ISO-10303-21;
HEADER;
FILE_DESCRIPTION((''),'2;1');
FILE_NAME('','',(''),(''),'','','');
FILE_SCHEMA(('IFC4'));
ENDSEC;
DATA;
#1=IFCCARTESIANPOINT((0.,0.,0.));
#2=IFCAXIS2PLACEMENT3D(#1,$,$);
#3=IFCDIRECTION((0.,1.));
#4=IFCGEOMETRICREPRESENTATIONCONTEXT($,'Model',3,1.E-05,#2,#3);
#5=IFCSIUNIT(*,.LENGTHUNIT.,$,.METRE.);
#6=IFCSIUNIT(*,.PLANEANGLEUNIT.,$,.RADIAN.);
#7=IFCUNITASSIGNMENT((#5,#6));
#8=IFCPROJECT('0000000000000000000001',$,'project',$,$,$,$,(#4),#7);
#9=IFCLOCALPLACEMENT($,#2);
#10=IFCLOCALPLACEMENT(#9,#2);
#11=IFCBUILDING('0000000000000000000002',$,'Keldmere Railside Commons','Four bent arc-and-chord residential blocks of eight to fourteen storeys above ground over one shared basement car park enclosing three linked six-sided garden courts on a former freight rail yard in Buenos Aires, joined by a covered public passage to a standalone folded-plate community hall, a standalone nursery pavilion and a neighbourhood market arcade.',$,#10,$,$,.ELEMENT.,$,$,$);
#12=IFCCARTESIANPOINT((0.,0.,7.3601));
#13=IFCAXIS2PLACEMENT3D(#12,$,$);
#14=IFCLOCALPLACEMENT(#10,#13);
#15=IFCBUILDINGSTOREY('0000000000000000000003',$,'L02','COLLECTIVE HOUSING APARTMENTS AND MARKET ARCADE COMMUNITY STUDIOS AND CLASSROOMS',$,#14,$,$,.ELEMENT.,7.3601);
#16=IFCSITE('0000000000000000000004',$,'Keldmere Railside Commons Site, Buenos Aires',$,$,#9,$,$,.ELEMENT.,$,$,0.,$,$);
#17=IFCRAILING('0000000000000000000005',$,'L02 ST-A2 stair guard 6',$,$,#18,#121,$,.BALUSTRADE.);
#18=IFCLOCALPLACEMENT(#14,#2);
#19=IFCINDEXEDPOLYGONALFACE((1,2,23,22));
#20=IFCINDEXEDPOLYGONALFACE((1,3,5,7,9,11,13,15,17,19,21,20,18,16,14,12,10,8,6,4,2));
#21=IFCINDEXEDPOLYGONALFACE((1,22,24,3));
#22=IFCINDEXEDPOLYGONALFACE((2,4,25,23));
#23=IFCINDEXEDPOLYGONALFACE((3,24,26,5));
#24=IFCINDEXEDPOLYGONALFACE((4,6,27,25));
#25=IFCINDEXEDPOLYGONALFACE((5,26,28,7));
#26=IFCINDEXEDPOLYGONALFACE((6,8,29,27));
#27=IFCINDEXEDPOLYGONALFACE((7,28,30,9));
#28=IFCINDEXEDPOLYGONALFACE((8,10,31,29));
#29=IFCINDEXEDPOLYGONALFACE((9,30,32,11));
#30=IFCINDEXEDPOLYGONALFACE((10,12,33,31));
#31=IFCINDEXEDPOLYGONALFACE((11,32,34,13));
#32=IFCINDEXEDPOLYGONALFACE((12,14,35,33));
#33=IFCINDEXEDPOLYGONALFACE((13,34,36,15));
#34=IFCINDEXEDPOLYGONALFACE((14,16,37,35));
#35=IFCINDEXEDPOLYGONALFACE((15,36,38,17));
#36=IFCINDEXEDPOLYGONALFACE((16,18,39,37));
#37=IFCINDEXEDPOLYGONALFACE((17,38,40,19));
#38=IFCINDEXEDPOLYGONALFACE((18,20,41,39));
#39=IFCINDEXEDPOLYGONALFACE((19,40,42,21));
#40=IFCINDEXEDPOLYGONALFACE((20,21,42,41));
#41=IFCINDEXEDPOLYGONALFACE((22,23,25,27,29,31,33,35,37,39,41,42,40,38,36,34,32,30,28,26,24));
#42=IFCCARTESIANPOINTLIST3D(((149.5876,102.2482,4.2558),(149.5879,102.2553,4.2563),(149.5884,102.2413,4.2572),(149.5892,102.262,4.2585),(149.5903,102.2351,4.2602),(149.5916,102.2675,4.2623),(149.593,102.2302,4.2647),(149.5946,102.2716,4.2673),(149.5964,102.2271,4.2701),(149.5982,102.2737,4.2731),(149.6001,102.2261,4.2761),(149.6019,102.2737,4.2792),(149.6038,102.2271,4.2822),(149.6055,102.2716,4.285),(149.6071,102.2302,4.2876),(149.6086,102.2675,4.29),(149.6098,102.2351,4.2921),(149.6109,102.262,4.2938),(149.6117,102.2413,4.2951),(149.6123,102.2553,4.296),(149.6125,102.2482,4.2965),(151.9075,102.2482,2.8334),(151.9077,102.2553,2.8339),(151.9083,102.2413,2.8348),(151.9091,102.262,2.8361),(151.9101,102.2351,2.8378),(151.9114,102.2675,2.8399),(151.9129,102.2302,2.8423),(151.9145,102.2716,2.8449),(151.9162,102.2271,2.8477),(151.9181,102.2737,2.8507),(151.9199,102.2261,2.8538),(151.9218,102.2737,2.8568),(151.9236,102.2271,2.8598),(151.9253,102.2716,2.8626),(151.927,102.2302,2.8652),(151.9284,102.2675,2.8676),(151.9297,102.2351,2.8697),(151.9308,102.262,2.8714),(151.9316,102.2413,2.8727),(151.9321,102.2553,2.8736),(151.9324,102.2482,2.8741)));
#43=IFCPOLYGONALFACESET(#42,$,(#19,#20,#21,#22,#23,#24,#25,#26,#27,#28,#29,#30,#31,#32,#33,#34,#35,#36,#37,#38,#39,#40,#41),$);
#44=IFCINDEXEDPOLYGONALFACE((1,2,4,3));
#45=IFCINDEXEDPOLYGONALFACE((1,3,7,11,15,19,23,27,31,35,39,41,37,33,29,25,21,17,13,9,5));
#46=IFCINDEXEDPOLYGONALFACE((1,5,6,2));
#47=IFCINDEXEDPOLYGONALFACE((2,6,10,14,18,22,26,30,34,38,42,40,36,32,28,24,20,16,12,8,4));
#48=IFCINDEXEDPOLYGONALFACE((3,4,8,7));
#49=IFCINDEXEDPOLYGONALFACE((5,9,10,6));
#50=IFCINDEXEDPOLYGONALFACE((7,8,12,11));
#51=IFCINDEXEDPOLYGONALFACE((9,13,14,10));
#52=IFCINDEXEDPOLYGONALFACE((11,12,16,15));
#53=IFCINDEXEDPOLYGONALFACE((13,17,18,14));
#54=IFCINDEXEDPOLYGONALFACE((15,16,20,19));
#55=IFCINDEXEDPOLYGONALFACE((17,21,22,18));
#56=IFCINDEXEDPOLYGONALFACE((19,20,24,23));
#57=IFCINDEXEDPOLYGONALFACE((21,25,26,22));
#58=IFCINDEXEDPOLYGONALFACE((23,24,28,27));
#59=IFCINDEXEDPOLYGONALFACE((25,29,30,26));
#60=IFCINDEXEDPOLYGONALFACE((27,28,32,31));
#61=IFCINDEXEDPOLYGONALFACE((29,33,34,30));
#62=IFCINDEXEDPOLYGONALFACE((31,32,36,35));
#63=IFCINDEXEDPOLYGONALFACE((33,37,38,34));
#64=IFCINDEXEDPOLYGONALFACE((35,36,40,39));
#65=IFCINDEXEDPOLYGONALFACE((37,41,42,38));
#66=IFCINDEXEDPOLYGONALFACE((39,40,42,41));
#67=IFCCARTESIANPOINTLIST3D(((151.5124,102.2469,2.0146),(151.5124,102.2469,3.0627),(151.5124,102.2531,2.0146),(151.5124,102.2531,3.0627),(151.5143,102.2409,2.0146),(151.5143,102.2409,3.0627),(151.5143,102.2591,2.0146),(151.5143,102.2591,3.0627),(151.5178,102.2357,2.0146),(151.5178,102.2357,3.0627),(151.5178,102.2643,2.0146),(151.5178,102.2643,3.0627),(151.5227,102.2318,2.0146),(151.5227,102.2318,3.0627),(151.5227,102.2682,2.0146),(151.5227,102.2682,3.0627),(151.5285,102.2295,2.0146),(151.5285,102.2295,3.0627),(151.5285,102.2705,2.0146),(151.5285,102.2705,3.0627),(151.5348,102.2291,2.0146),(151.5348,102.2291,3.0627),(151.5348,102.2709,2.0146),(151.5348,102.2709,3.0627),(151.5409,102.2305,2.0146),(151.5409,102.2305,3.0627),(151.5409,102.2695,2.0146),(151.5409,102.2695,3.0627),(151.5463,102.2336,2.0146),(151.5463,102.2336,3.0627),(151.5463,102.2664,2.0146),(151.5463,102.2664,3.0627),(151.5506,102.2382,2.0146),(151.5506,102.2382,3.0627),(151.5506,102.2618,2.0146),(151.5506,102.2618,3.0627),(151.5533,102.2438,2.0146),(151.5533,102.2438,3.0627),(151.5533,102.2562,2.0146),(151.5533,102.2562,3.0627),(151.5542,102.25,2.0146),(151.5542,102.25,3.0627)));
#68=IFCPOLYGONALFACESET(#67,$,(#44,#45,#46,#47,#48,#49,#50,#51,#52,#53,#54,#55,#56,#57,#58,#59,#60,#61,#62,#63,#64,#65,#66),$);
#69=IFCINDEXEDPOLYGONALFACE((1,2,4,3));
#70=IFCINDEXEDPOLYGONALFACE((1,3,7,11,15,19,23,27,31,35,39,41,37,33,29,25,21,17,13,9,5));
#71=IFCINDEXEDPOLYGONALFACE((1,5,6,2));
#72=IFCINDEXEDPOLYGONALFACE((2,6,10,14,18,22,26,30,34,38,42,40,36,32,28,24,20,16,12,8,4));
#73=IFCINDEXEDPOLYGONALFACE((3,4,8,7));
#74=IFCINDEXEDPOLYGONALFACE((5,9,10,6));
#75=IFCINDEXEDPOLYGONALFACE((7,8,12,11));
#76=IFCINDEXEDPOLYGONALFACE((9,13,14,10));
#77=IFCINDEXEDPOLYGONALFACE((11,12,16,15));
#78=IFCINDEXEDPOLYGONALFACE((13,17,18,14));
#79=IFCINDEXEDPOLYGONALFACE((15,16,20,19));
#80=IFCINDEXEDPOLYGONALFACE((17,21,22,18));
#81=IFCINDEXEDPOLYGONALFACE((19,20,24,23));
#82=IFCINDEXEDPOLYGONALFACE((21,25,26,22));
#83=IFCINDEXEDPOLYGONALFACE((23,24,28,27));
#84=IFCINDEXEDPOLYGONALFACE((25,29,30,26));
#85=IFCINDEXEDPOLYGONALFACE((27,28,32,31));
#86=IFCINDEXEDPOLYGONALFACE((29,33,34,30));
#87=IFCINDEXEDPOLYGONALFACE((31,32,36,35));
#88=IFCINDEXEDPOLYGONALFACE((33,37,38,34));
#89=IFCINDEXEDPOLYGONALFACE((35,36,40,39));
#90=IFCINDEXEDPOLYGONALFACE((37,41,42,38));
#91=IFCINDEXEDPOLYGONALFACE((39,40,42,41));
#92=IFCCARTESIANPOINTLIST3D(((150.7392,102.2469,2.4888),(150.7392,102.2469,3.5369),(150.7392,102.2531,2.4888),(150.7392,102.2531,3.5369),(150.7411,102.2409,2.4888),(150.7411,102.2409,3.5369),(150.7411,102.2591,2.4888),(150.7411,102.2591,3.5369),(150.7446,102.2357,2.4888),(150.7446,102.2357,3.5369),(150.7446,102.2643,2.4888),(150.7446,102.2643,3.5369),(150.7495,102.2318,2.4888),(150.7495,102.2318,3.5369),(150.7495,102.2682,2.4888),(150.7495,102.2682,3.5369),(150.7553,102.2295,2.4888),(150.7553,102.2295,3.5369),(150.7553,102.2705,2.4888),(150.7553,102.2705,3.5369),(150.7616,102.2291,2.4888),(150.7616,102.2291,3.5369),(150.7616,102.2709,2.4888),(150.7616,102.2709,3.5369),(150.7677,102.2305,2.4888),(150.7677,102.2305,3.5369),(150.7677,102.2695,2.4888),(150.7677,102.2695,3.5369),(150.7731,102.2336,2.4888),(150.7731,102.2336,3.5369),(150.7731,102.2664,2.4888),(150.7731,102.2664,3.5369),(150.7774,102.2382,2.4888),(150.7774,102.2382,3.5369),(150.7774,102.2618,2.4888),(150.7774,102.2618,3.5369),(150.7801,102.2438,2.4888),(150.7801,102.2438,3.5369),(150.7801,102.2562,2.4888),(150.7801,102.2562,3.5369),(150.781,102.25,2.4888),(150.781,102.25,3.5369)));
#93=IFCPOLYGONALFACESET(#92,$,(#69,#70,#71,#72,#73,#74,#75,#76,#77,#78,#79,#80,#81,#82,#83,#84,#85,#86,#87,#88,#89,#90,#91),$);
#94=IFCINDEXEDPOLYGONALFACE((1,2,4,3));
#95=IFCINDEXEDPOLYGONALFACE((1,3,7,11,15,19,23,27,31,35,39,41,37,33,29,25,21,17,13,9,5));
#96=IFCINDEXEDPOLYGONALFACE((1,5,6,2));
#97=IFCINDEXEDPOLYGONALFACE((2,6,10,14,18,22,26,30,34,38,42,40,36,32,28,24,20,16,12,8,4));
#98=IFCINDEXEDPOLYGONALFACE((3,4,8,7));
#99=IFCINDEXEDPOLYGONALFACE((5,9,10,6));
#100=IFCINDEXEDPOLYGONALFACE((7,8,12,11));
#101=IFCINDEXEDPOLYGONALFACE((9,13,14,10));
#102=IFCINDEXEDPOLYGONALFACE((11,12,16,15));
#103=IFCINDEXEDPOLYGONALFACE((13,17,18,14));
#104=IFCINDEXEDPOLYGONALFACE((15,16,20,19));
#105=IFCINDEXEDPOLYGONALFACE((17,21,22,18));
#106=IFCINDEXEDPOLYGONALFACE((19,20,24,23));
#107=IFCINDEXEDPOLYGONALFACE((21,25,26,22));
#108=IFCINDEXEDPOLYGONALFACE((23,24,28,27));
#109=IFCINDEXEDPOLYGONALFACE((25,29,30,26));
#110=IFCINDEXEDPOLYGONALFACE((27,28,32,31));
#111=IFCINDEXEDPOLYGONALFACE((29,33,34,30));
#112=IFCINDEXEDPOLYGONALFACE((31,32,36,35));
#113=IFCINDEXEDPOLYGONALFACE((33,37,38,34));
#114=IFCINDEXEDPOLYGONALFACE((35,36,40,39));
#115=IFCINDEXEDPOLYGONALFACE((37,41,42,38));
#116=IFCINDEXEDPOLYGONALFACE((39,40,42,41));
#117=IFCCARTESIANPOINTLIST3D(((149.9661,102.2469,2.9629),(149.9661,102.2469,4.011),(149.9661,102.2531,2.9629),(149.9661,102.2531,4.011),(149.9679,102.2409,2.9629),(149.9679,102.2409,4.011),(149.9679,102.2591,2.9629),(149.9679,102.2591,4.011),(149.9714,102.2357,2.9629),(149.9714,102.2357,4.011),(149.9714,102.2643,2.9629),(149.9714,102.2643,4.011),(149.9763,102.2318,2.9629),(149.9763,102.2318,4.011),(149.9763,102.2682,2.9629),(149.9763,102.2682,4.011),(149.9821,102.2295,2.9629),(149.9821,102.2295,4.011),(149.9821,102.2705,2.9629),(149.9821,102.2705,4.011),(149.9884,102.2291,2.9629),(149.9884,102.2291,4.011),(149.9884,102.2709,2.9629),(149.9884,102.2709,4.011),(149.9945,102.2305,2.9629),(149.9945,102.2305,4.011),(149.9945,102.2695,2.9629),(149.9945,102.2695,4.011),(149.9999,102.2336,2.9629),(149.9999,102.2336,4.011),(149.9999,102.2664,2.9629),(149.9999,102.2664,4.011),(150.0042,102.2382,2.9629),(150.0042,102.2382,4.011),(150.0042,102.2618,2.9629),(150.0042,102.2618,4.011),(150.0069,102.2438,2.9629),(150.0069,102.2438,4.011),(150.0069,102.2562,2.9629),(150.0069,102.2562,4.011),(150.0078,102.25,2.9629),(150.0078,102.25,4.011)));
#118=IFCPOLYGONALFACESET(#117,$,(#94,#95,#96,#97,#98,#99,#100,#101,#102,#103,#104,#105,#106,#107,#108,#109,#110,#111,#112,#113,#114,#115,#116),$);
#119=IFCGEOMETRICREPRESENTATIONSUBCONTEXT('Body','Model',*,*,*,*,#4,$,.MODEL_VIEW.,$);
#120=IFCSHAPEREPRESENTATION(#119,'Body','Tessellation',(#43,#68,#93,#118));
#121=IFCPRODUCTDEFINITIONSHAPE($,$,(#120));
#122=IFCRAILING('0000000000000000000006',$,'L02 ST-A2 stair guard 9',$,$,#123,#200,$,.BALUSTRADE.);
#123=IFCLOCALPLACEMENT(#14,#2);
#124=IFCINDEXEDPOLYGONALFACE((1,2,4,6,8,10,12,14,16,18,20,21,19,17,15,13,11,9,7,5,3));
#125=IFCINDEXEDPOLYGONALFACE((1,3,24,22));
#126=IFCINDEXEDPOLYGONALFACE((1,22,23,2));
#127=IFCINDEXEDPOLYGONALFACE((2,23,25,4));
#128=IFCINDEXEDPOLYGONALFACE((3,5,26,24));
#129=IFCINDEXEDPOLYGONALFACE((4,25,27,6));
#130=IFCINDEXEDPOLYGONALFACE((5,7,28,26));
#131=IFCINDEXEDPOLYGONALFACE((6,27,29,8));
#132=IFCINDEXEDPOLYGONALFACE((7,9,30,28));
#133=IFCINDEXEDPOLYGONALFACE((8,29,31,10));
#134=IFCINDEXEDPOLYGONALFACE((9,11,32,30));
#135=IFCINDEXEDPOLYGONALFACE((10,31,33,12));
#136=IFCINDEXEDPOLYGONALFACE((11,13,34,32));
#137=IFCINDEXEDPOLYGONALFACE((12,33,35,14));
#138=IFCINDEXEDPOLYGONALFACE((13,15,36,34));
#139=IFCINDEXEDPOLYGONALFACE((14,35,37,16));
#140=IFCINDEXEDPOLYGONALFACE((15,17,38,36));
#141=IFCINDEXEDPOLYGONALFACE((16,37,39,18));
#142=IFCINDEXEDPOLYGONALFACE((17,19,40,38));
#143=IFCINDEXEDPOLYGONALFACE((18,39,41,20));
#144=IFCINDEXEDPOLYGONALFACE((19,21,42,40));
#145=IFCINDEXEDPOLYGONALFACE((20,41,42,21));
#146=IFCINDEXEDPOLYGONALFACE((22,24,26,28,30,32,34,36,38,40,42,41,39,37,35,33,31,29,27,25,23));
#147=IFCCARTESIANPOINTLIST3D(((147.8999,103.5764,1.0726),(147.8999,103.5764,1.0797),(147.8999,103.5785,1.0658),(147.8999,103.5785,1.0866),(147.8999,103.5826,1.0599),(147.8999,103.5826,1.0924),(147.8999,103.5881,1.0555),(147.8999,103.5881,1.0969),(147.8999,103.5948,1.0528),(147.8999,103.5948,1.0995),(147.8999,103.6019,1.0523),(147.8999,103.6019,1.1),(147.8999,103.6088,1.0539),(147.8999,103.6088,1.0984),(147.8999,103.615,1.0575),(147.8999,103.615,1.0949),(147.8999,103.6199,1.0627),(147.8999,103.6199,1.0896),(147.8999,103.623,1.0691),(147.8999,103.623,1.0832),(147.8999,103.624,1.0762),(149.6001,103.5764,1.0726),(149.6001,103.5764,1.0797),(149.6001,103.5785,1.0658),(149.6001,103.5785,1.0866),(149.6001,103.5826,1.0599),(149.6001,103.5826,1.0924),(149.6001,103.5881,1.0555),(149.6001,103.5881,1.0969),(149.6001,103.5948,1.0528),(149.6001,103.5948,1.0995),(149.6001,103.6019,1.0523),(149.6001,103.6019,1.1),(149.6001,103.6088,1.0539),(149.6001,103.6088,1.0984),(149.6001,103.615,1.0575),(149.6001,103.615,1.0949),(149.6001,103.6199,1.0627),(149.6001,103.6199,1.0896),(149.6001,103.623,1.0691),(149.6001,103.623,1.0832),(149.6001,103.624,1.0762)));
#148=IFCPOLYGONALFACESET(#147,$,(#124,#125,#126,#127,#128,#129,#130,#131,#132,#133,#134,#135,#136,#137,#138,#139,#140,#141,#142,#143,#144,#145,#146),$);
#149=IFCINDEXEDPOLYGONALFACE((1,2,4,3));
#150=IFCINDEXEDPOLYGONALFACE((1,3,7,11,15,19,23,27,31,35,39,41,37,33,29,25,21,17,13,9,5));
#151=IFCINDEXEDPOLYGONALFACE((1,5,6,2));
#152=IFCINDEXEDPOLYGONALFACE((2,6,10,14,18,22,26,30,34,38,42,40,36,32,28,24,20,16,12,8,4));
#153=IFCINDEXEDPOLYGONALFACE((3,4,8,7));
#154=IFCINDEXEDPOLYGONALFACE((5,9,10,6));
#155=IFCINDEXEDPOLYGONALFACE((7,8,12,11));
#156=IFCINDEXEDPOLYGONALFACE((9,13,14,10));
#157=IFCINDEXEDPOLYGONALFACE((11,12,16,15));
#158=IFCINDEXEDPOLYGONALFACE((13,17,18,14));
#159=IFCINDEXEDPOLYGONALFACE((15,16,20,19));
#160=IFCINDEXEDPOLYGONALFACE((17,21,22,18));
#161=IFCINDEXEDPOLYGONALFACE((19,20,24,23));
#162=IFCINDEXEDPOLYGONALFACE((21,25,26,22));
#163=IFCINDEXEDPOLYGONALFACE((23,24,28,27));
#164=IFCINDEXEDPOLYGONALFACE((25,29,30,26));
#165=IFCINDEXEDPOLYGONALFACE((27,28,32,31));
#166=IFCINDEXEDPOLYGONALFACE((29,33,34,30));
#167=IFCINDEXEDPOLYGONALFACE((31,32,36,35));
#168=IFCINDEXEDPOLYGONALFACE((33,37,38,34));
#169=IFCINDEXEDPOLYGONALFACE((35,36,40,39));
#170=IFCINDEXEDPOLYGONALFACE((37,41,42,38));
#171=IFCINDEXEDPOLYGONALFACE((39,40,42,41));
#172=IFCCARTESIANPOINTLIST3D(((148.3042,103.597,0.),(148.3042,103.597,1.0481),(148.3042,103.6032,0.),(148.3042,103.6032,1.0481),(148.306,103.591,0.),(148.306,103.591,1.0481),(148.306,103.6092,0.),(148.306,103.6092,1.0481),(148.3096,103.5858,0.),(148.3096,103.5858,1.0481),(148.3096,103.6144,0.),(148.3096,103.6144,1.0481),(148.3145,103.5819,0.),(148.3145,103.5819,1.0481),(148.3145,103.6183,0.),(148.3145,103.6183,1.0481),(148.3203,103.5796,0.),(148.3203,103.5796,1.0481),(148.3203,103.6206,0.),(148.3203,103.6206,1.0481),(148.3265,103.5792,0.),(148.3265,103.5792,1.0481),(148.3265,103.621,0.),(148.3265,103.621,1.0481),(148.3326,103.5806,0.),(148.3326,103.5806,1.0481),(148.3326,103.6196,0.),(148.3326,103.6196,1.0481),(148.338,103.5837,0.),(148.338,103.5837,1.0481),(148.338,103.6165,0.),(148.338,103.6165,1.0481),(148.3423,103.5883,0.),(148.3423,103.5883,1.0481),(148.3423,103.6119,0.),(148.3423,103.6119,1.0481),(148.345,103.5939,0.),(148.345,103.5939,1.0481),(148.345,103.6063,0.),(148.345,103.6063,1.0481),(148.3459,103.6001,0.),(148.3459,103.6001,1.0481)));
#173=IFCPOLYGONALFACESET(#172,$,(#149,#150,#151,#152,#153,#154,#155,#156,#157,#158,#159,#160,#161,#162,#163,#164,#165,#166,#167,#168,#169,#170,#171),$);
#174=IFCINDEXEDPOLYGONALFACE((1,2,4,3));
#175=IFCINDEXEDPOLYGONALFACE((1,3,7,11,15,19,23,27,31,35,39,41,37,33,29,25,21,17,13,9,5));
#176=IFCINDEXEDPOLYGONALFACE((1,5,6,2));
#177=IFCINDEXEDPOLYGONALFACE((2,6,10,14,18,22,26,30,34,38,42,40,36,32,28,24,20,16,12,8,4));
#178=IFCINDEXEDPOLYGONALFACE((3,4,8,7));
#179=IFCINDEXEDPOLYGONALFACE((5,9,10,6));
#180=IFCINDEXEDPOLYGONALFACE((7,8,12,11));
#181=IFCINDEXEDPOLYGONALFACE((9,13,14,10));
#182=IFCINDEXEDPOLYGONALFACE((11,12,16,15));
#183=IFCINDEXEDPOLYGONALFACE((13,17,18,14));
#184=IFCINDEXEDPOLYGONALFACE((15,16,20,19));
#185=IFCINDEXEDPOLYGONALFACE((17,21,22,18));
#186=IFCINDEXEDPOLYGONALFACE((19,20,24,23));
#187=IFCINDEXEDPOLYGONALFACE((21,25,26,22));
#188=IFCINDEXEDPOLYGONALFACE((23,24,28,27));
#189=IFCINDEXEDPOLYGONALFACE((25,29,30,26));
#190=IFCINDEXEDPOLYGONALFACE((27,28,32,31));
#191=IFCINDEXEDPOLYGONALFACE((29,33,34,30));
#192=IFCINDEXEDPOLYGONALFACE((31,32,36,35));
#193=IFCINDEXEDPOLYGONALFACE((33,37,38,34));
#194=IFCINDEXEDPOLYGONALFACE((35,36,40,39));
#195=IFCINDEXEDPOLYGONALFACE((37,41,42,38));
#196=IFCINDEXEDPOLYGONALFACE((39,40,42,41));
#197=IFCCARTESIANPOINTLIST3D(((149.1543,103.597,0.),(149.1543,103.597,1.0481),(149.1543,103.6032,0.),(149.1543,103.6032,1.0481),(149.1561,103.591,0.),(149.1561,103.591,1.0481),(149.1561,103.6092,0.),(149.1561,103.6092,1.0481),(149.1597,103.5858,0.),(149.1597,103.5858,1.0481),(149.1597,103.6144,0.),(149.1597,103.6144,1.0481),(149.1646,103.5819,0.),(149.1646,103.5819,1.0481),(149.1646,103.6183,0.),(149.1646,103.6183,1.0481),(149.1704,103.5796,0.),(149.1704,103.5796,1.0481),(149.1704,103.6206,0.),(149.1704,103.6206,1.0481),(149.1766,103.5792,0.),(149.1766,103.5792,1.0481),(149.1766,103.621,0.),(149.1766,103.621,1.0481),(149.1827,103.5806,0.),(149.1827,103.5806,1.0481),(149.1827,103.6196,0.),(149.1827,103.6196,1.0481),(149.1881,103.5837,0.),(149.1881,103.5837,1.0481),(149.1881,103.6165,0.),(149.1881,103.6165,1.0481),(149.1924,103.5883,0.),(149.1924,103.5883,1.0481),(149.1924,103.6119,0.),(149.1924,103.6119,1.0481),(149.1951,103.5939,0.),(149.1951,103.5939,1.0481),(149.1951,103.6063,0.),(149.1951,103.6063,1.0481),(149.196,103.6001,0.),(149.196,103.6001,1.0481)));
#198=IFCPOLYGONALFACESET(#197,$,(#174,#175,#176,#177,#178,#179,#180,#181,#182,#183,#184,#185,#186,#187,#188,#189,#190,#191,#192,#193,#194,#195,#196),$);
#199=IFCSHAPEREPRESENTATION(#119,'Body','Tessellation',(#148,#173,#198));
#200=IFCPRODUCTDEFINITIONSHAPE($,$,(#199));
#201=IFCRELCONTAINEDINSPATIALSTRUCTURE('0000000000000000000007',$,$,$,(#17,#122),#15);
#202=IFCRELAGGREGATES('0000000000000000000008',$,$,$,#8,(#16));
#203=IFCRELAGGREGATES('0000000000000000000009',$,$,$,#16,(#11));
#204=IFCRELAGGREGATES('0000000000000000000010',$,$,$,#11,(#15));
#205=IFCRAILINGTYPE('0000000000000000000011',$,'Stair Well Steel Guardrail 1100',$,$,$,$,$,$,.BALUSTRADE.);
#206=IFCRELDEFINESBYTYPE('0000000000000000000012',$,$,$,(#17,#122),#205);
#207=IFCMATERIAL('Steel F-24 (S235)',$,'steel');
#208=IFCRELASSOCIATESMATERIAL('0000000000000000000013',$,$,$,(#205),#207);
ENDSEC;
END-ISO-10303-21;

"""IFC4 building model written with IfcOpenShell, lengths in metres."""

from ifc_helpers import new_model, si_unit, direction, frame, origin, origin_2d, place, context, subcontext, project, spatial, circle, extrude, material, type_object, element, save


model = new_model("IFC4")

# Units and contexts
model_context = context("Model", 3, precision=1e-05, world=origin(), true_north=direction((0.0, 1.0)))
body_context = subcontext(model_context, "Body", "Model", "MODEL_VIEW")
ifc_project = project(units=[si_unit("LENGTHUNIT", "METRE"), si_unit("PLANEANGLEUNIT", "RADIAN")], contexts=[model_context])

# Site, building, storey
site_placement = place(None, origin())
site = spatial("IfcSite", under=ifc_project, at=site_placement, Name="Keldmere Railside Commons Site, Buenos Aires", CompositionType="ELEMENT", RefElevation=0.0)
building_placement = place(site_placement, origin())
building = spatial("IfcBuilding", under=site, at=building_placement, Name="Keldmere Railside Commons", Description="Four bent arc-and-chord residential blocks of eight to fourteen storeys above ground over one shared basement car park enclosing three linked six-sided garden courts on a former freight rail yard in Buenos Aires, joined by a covered public passage to a standalone folded-plate community hall, a standalone nursery pavilion and a neighbourhood market arcade.", CompositionType="ELEMENT")
storey_placement = place(building_placement, frame((0.0, 0.0, 7.3601)))
storey = spatial("IfcBuildingStorey", under=building, at=storey_placement, Name="L02", Description="COLLECTIVE HOUSING APARTMENTS AND MARKET ARCADE COMMUNITY STUDIOS AND CLASSROOMS", CompositionType="ELEMENT", Elevation=7.3601)

# Shared definitions
ifc_material_1 = material(Name="Steel F-24 (S235)", Category="steel")

# Railings
railing_type_1 = type_object("IfcRailingType", Name="Stair Well Steel Guardrail 1100", PredefinedType="BALUSTRADE", material=ifc_material_1)
railing_1_placement = place(storey_placement, frame((151.9199, 102.25, 1.7776)))
element("IfcRailing", 1, at=railing_1_placement, inside=storey, type_object=railing_type_1, Name="L02 ST-A2 stair guard 6", PredefinedType="BALUSTRADE", context=body_context, shape_type="SweptSolid", body=[
    extrude(circle(Radius=0.0239, at=origin_2d()), frame((0.0, 0.0, 1.0762), z_axis=(-0.852514, 0.0, 0.522705), x_axis=(0.0, -1.0, 0.0)), (0.0, 0.0, 1.0), 2.7212),
    extrude(circle(Radius=0.021, at=origin_2d()), frame((-0.3867, 0.0, 0.2371)), (0.0, 0.0, 1.0), 1.0481),
    extrude(circle(Radius=0.021, at=origin_2d()), frame((-1.1599, 0.0, 0.7112)), (0.0, 0.0, 1.0), 1.0481),
    extrude(circle(Radius=0.021, at=origin_2d()), frame((-1.9331, 0.0, 1.1853)), (0.0, 0.0, 1.0), 1.0481),
])
railing_2_placement = place(storey_placement, frame((147.8999, 103.6001, 0.0)))
element("IfcRailing", 2, at=railing_2_placement, inside=storey, type_object=railing_type_1, Name="L02 ST-A2 stair guard 9", PredefinedType="BALUSTRADE", context=body_context, shape_type="SweptSolid", body=[
    extrude(circle(Radius=0.0239, at=origin_2d()), frame((0.0, 0.0, 1.0762), z_axis=(1.0, 0.0, 0.0), x_axis=(0.0, 1.0, 0.0)), (0.0, 0.0, 1.0), 1.7002),
    extrude(circle(Radius=0.021, at=origin_2d()), frame((0.425, 0.0, 0.0)), (0.0, 0.0, 1.0), 1.0481),
    extrude(circle(Radius=0.021, at=origin_2d()), frame((1.2751, 0.0, 0.0)), (0.0, 0.0, 1.0), 1.0481),
])

save(model, "model.ifc")
